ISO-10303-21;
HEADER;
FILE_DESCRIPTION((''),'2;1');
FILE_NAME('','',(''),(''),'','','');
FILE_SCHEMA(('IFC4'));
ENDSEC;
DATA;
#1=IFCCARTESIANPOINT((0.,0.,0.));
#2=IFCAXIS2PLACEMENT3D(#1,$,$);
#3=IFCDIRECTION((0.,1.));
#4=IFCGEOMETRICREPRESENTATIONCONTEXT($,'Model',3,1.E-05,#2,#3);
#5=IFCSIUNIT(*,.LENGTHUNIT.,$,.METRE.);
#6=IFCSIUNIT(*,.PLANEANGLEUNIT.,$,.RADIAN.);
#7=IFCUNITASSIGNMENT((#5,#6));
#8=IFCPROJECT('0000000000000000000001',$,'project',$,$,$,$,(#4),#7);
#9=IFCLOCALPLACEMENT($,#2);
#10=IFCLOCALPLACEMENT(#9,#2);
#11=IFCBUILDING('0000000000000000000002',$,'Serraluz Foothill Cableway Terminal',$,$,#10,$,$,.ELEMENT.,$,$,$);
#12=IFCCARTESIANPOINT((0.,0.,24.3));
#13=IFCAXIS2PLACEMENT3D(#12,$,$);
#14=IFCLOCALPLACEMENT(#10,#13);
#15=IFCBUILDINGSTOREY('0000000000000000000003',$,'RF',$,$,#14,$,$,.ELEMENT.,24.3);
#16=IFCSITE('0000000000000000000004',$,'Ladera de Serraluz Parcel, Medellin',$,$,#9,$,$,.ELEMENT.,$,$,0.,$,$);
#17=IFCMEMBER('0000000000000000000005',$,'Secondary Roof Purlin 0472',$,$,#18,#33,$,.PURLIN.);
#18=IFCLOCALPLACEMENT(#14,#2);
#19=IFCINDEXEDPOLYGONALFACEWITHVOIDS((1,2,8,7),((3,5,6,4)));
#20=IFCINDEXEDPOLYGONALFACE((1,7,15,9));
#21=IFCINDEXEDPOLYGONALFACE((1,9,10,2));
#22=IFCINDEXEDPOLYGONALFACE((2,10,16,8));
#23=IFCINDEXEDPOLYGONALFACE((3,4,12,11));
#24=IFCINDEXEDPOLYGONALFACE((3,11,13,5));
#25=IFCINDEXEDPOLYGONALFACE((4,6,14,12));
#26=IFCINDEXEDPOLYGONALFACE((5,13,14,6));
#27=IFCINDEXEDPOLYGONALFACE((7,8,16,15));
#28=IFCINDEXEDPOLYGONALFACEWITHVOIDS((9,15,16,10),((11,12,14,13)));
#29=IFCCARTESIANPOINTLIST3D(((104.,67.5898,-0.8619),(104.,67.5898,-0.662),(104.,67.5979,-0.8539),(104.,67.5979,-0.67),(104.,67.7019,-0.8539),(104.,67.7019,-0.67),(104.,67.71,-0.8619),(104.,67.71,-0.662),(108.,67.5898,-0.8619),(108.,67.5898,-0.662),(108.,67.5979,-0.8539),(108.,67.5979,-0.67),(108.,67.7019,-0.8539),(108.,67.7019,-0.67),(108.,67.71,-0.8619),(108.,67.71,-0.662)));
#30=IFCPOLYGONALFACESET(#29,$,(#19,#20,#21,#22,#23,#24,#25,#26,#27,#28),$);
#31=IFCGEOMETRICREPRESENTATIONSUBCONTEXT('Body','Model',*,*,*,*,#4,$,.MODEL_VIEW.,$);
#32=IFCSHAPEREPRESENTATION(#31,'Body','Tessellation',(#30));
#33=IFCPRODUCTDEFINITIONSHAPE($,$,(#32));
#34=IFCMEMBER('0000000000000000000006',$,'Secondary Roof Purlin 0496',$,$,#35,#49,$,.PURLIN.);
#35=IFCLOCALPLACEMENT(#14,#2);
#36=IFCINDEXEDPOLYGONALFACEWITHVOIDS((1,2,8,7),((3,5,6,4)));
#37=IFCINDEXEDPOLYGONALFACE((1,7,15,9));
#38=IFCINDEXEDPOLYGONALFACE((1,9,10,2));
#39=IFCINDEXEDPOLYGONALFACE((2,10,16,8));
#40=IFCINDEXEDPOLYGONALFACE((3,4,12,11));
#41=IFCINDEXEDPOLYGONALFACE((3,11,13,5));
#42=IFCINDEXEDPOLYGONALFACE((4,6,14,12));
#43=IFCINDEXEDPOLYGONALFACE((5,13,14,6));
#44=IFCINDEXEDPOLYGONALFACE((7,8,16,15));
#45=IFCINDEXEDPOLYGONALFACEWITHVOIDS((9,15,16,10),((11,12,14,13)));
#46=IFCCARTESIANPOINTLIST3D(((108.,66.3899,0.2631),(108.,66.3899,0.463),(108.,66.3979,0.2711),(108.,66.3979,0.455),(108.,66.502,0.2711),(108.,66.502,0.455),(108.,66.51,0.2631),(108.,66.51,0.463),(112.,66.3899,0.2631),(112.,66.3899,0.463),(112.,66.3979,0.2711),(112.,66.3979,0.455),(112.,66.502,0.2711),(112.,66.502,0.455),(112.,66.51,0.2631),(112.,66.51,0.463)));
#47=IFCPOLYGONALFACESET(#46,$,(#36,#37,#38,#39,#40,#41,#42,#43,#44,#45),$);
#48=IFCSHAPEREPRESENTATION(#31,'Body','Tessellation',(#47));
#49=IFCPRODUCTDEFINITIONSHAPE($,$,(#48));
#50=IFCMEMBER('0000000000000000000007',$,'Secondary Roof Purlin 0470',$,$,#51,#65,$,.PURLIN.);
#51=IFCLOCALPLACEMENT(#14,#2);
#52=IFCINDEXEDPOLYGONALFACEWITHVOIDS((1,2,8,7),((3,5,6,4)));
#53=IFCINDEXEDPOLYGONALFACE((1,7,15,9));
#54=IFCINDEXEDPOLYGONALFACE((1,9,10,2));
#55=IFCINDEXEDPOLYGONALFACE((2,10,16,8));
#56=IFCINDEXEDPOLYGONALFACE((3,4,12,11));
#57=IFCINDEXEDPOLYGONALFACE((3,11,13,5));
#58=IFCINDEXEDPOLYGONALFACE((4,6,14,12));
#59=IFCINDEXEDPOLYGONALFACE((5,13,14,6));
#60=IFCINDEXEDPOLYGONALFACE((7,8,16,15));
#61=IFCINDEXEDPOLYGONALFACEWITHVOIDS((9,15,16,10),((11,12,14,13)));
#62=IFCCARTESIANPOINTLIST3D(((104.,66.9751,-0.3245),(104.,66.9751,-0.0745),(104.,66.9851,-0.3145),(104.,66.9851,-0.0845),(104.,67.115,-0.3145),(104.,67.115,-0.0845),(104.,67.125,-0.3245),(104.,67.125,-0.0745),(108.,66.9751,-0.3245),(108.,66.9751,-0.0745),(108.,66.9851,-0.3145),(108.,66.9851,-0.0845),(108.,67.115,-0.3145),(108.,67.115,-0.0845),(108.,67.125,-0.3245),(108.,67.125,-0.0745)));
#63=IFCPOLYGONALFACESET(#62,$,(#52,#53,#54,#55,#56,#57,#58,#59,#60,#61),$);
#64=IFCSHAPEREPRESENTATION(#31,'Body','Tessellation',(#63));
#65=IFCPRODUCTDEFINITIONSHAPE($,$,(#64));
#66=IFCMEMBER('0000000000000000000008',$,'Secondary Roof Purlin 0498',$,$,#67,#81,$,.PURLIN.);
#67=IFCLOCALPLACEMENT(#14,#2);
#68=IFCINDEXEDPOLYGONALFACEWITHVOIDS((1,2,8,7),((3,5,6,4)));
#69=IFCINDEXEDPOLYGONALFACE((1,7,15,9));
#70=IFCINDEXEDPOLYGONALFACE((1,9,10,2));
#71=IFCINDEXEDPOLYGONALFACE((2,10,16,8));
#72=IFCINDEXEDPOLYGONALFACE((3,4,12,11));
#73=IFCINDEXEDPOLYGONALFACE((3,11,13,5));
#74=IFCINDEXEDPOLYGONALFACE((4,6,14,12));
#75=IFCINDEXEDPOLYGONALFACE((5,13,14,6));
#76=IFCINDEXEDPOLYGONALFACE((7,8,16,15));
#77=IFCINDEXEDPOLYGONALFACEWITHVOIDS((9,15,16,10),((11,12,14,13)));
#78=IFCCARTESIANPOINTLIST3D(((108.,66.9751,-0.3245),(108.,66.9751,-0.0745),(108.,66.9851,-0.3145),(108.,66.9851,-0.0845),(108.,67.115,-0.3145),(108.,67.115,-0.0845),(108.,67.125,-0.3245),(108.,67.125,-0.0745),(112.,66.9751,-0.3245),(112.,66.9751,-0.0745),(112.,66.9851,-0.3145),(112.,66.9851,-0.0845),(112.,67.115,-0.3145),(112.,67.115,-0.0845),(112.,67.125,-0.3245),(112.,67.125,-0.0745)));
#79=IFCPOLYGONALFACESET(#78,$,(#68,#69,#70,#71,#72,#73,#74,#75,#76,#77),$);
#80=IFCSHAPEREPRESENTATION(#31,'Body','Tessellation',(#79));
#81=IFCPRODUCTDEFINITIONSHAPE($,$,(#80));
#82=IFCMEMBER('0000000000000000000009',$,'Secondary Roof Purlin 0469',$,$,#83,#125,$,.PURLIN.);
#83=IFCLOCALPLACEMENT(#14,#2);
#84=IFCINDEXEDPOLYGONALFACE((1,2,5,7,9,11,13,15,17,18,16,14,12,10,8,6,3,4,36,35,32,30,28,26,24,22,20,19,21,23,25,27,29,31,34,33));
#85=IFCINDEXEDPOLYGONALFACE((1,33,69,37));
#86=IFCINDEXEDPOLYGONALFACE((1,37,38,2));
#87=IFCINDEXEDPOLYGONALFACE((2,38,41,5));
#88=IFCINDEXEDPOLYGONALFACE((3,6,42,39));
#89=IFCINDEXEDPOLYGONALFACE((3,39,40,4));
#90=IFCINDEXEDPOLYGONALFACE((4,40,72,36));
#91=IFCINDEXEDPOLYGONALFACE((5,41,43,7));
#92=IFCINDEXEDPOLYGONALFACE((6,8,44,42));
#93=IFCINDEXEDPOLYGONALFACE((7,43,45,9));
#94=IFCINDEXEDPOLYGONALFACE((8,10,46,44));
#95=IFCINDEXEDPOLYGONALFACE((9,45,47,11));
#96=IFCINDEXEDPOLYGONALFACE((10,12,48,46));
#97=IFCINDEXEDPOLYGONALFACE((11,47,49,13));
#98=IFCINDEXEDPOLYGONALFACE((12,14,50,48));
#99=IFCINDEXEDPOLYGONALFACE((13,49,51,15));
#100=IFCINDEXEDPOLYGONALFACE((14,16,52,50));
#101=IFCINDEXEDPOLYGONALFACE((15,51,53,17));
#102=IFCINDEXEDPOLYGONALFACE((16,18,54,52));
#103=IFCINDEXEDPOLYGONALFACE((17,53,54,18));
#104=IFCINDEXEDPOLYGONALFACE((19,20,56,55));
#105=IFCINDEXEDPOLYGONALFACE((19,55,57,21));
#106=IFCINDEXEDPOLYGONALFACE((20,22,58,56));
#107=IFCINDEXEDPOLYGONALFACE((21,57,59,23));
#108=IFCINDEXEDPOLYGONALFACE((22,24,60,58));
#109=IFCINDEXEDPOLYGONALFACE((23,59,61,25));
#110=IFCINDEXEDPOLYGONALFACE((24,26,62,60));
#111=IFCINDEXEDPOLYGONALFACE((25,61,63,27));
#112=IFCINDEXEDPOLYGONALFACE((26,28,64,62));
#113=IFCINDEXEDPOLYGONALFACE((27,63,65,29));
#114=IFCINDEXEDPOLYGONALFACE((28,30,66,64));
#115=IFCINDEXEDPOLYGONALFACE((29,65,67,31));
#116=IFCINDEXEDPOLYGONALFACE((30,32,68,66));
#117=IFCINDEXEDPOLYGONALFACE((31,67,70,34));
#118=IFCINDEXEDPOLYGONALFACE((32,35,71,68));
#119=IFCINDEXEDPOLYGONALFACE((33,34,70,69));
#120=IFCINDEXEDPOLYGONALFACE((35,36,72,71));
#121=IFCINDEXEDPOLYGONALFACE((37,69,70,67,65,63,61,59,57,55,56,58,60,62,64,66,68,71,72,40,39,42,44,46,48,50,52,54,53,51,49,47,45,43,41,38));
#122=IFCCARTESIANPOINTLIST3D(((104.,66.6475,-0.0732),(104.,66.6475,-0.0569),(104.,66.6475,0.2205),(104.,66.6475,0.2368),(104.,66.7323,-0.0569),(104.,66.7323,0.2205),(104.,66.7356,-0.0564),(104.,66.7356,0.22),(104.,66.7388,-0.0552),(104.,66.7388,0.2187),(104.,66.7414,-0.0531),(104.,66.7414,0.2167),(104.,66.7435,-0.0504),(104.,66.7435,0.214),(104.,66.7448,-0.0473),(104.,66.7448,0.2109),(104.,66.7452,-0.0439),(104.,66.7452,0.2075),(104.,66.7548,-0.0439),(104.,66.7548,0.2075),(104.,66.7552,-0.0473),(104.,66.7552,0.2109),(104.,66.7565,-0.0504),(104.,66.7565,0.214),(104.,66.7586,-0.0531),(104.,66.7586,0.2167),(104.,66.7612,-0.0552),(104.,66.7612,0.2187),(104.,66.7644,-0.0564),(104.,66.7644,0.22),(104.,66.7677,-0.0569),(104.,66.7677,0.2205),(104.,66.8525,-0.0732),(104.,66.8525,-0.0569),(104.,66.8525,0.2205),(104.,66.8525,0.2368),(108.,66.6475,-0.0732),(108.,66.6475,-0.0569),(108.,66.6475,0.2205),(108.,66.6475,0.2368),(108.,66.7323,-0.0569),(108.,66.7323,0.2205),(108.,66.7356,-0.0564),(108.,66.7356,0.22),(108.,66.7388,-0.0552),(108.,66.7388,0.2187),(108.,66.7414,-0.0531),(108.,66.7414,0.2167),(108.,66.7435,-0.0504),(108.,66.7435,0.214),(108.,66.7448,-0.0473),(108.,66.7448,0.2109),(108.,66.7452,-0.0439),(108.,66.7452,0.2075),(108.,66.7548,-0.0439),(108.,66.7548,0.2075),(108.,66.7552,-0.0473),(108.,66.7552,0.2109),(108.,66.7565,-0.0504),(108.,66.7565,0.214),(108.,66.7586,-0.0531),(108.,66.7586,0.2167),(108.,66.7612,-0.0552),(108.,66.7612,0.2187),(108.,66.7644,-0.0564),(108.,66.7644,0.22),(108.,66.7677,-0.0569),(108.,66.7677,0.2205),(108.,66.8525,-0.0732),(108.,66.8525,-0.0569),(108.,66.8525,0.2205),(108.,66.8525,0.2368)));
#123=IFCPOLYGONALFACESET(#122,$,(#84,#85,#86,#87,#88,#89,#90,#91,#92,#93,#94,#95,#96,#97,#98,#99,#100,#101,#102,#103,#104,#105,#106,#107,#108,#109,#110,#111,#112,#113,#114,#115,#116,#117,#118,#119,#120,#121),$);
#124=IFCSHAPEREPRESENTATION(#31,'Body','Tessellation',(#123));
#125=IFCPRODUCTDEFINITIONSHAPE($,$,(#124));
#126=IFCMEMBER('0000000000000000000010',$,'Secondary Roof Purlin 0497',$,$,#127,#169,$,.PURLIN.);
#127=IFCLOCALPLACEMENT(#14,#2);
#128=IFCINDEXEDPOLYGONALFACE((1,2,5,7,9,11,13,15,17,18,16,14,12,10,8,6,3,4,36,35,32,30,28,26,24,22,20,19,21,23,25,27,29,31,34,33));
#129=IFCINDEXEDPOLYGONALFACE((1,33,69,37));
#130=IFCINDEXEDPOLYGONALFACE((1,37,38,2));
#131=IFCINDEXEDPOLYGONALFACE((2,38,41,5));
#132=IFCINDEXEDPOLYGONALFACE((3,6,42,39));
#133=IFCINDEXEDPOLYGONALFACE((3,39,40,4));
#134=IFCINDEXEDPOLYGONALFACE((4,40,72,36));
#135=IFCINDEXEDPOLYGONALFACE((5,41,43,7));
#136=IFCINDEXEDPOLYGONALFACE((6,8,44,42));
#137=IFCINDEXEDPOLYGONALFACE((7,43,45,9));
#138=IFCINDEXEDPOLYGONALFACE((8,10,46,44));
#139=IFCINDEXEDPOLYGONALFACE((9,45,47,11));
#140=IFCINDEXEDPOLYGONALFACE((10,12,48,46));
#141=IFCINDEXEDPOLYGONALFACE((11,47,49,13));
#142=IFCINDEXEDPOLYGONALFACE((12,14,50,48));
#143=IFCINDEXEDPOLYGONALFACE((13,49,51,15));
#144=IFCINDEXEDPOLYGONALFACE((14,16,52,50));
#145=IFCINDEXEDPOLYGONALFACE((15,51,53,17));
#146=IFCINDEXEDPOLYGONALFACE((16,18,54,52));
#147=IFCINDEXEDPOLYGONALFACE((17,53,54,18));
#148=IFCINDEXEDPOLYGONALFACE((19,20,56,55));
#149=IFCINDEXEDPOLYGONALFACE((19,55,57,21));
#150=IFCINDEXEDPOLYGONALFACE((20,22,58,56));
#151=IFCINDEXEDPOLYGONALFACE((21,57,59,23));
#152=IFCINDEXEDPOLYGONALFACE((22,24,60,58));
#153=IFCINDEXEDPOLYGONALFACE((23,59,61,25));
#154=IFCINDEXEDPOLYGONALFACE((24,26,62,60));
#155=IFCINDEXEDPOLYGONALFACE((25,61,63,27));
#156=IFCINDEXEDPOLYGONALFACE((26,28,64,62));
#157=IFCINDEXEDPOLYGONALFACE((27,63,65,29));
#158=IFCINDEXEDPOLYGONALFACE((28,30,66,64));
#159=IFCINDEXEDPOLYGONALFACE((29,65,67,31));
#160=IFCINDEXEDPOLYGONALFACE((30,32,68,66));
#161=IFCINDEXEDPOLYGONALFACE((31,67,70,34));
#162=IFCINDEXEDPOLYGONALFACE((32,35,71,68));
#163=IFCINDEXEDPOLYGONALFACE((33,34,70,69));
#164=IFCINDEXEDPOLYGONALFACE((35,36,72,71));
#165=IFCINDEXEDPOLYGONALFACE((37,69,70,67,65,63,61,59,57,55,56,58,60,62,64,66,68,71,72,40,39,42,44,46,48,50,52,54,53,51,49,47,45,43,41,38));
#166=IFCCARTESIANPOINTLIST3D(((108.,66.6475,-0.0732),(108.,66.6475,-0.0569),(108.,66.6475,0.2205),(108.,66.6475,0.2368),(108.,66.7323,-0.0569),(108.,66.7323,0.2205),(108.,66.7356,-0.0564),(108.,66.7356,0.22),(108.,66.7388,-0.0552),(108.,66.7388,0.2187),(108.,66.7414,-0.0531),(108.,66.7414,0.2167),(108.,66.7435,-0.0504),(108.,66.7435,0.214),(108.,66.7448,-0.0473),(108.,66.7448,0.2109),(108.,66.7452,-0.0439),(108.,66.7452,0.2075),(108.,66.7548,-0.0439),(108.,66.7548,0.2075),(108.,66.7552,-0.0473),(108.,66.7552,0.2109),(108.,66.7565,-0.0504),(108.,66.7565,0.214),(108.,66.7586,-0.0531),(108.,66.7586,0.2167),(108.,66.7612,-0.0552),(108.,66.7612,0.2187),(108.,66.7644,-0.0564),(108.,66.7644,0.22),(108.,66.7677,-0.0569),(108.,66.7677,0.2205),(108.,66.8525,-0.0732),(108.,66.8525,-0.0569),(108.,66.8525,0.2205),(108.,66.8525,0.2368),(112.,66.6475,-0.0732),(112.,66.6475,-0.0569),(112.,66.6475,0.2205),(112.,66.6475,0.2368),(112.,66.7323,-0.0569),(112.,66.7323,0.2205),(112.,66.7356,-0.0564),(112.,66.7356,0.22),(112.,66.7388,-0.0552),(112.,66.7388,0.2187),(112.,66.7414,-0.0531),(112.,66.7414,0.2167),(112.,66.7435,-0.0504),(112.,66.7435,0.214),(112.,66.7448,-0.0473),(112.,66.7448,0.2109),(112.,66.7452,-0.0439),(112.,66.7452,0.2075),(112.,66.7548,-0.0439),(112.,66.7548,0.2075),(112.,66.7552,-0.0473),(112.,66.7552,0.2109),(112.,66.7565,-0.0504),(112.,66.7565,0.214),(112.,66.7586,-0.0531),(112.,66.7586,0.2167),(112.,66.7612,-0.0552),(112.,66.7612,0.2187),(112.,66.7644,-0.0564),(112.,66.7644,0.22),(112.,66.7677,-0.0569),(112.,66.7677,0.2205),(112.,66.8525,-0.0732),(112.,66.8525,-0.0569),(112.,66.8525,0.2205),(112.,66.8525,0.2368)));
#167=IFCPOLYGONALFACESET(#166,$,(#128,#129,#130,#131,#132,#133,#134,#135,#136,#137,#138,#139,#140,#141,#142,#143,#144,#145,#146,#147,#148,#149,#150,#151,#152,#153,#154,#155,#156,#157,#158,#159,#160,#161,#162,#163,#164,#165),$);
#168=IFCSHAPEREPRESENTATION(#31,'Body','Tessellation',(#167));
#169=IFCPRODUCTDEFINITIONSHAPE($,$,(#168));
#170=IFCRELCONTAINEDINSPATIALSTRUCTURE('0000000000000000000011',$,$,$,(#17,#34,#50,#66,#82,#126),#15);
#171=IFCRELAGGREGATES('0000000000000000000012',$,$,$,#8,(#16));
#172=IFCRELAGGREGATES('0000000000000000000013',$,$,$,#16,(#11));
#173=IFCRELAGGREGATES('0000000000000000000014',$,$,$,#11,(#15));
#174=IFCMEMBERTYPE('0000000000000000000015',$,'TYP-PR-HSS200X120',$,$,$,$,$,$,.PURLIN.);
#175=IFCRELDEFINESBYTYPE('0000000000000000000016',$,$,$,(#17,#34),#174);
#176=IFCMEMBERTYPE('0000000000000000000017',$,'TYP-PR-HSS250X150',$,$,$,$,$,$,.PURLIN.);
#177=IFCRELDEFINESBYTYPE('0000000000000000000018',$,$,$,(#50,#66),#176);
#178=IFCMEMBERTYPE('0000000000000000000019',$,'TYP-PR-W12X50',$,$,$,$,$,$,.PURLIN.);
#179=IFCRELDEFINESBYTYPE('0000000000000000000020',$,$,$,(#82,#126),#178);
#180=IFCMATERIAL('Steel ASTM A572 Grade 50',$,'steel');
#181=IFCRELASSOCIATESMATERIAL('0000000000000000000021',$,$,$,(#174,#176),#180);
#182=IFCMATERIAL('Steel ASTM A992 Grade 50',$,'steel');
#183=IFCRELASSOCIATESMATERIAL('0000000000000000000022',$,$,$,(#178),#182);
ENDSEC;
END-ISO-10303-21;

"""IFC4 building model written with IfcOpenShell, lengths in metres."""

from ifc_helpers import new_model, si_unit, direction, frame, origin, origin_2d, place, context, subcontext, project, spatial, hollow_rectangle, i_section, extrude, material, material_profile, profile_set, type_object, element, save


model = new_model("IFC4")

# Units and contexts
model_context = context("Model", 3, precision=1e-05, world=origin(), true_north=direction((0.0, 1.0)))
body_context = subcontext(model_context, "Body", "Model", "MODEL_VIEW")
ifc_project = project(units=[si_unit("LENGTHUNIT", "METRE"), si_unit("PLANEANGLEUNIT", "RADIAN")], contexts=[model_context])

# Site, building, storey
site_placement = place(None, origin())
site = spatial("IfcSite", under=ifc_project, at=site_placement, Name="Ladera de Serraluz Parcel, Medellin", CompositionType="ELEMENT", RefElevation=0.0)
building_placement = place(site_placement, origin())
building = spatial("IfcBuilding", under=site, at=building_placement, Name="Serraluz Foothill Cableway Terminal", CompositionType="ELEMENT")
storey_placement = place(building_placement, frame((0.0, 0.0, 24.3)))
storey = spatial("IfcBuildingStorey", under=building, at=storey_placement, Name="RF", CompositionType="ELEMENT", Elevation=24.3)

# Members
ifc_material_1 = material(Name="Steel ASTM A572 Grade 50", Category="steel")
ifc_material_profile_1 = material_profile(ifc_material_1, hollow_rectangle(XDim=0.1201, YDim=0.2, WallThickness=0.0081, at=origin_2d()), Name="HSS200X120X8")
ifc_profile_set_1 = profile_set([ifc_material_profile_1], Name="Steel ASTM A572 Grade 50")
member_type_1 = type_object("IfcMemberType", Name="TYP-PR-HSS200X120", PredefinedType="PURLIN", material=ifc_profile_set_1)
for number, where, z_axis, x_axis, name in (
    (1, (104.0, 67.6499, -0.762), (1.0, 0.0, 0.0), (0.0, 1.0, 0.0), "Secondary Roof Purlin 0472"),
    (2, (108.0, 66.45, 0.363), (1.0, 0.0, 0.0), (0.0, 1.0, 0.0), "Secondary Roof Purlin 0496"),
):
    element("IfcMember", number, at=place(storey_placement, frame(where, z_axis=z_axis, x_axis=x_axis)), inside=storey, type_object=member_type_1, Name=name, PredefinedType="PURLIN", context=body_context, shape_type="SweptSolid", body=[
        extrude(hollow_rectangle(XDim=0.1201, YDim=0.2, WallThickness=0.0081, at=origin_2d()), origin(), (0.0, 0.0, 1.0), 4.0),
    ])
ifc_material_profile_2 = material_profile(ifc_material_1, hollow_rectangle(XDim=0.1499, YDim=0.25, WallThickness=0.01, at=origin_2d()), Name="HSS250X150X10")
ifc_profile_set_2 = profile_set([ifc_material_profile_2], Name="Steel ASTM A572 Grade 50")
member_type_2 = type_object("IfcMemberType", Name="TYP-PR-HSS250X150", PredefinedType="PURLIN", material=ifc_profile_set_2)
for number, where, z_axis, x_axis, name in (
    (3, (104.0, 67.05, -0.1995), (1.0, 0.0, 0.0), (0.0, 1.0, 0.0), "Secondary Roof Purlin 0470"),
    (4, (108.0, 67.05, -0.1995), (1.0, 0.0, 0.0), (0.0, 1.0, 0.0), "Secondary Roof Purlin 0498"),
):
    element("IfcMember", number, at=place(storey_placement, frame(where, z_axis=z_axis, x_axis=x_axis)), inside=storey, type_object=member_type_2, Name=name, PredefinedType="PURLIN", context=body_context, shape_type="SweptSolid", body=[
        extrude(hollow_rectangle(XDim=0.1499, YDim=0.25, WallThickness=0.01, at=origin_2d()), origin(), (0.0, 0.0, 1.0), 4.0),
    ])
ifc_material_2 = material(Name="Steel ASTM A992 Grade 50", Category="steel")
ifc_material_profile_3 = material_profile(ifc_material_2, i_section(OverallWidth=0.2051, OverallDepth=0.3101, WebThickness=0.0095, FlangeThickness=0.0164, FilletRadius=0.0129, at=origin_2d()), Name="W12X50")
ifc_profile_set_3 = profile_set([ifc_material_profile_3], Name="Steel ASTM A992 Grade 50")
member_type_3 = type_object("IfcMemberType", Name="TYP-PR-W12X50", PredefinedType="PURLIN", material=ifc_profile_set_3)
for number, where, z_axis, x_axis, name in (
    (5, (104.0, 66.75, 0.0818), (1.0, 0.0, 0.0), (0.0, 1.0, 0.0), "Secondary Roof Purlin 0469"),
    (6, (108.0, 66.75, 0.0818), (1.0, 0.0, 0.0), (0.0, 1.0, 0.0), "Secondary Roof Purlin 0497"),
):
    element("IfcMember", number, at=place(storey_placement, frame(where, z_axis=z_axis, x_axis=x_axis)), inside=storey, type_object=member_type_3, Name=name, PredefinedType="PURLIN", context=body_context, shape_type="SweptSolid", body=[
        extrude(i_section(OverallWidth=0.2051, OverallDepth=0.3101, WebThickness=0.0095, FlangeThickness=0.0164, FilletRadius=0.0129, at=origin_2d()), origin(), (0.0, 0.0, 1.0), 4.0),
    ])

save(model, "model.ifc")
